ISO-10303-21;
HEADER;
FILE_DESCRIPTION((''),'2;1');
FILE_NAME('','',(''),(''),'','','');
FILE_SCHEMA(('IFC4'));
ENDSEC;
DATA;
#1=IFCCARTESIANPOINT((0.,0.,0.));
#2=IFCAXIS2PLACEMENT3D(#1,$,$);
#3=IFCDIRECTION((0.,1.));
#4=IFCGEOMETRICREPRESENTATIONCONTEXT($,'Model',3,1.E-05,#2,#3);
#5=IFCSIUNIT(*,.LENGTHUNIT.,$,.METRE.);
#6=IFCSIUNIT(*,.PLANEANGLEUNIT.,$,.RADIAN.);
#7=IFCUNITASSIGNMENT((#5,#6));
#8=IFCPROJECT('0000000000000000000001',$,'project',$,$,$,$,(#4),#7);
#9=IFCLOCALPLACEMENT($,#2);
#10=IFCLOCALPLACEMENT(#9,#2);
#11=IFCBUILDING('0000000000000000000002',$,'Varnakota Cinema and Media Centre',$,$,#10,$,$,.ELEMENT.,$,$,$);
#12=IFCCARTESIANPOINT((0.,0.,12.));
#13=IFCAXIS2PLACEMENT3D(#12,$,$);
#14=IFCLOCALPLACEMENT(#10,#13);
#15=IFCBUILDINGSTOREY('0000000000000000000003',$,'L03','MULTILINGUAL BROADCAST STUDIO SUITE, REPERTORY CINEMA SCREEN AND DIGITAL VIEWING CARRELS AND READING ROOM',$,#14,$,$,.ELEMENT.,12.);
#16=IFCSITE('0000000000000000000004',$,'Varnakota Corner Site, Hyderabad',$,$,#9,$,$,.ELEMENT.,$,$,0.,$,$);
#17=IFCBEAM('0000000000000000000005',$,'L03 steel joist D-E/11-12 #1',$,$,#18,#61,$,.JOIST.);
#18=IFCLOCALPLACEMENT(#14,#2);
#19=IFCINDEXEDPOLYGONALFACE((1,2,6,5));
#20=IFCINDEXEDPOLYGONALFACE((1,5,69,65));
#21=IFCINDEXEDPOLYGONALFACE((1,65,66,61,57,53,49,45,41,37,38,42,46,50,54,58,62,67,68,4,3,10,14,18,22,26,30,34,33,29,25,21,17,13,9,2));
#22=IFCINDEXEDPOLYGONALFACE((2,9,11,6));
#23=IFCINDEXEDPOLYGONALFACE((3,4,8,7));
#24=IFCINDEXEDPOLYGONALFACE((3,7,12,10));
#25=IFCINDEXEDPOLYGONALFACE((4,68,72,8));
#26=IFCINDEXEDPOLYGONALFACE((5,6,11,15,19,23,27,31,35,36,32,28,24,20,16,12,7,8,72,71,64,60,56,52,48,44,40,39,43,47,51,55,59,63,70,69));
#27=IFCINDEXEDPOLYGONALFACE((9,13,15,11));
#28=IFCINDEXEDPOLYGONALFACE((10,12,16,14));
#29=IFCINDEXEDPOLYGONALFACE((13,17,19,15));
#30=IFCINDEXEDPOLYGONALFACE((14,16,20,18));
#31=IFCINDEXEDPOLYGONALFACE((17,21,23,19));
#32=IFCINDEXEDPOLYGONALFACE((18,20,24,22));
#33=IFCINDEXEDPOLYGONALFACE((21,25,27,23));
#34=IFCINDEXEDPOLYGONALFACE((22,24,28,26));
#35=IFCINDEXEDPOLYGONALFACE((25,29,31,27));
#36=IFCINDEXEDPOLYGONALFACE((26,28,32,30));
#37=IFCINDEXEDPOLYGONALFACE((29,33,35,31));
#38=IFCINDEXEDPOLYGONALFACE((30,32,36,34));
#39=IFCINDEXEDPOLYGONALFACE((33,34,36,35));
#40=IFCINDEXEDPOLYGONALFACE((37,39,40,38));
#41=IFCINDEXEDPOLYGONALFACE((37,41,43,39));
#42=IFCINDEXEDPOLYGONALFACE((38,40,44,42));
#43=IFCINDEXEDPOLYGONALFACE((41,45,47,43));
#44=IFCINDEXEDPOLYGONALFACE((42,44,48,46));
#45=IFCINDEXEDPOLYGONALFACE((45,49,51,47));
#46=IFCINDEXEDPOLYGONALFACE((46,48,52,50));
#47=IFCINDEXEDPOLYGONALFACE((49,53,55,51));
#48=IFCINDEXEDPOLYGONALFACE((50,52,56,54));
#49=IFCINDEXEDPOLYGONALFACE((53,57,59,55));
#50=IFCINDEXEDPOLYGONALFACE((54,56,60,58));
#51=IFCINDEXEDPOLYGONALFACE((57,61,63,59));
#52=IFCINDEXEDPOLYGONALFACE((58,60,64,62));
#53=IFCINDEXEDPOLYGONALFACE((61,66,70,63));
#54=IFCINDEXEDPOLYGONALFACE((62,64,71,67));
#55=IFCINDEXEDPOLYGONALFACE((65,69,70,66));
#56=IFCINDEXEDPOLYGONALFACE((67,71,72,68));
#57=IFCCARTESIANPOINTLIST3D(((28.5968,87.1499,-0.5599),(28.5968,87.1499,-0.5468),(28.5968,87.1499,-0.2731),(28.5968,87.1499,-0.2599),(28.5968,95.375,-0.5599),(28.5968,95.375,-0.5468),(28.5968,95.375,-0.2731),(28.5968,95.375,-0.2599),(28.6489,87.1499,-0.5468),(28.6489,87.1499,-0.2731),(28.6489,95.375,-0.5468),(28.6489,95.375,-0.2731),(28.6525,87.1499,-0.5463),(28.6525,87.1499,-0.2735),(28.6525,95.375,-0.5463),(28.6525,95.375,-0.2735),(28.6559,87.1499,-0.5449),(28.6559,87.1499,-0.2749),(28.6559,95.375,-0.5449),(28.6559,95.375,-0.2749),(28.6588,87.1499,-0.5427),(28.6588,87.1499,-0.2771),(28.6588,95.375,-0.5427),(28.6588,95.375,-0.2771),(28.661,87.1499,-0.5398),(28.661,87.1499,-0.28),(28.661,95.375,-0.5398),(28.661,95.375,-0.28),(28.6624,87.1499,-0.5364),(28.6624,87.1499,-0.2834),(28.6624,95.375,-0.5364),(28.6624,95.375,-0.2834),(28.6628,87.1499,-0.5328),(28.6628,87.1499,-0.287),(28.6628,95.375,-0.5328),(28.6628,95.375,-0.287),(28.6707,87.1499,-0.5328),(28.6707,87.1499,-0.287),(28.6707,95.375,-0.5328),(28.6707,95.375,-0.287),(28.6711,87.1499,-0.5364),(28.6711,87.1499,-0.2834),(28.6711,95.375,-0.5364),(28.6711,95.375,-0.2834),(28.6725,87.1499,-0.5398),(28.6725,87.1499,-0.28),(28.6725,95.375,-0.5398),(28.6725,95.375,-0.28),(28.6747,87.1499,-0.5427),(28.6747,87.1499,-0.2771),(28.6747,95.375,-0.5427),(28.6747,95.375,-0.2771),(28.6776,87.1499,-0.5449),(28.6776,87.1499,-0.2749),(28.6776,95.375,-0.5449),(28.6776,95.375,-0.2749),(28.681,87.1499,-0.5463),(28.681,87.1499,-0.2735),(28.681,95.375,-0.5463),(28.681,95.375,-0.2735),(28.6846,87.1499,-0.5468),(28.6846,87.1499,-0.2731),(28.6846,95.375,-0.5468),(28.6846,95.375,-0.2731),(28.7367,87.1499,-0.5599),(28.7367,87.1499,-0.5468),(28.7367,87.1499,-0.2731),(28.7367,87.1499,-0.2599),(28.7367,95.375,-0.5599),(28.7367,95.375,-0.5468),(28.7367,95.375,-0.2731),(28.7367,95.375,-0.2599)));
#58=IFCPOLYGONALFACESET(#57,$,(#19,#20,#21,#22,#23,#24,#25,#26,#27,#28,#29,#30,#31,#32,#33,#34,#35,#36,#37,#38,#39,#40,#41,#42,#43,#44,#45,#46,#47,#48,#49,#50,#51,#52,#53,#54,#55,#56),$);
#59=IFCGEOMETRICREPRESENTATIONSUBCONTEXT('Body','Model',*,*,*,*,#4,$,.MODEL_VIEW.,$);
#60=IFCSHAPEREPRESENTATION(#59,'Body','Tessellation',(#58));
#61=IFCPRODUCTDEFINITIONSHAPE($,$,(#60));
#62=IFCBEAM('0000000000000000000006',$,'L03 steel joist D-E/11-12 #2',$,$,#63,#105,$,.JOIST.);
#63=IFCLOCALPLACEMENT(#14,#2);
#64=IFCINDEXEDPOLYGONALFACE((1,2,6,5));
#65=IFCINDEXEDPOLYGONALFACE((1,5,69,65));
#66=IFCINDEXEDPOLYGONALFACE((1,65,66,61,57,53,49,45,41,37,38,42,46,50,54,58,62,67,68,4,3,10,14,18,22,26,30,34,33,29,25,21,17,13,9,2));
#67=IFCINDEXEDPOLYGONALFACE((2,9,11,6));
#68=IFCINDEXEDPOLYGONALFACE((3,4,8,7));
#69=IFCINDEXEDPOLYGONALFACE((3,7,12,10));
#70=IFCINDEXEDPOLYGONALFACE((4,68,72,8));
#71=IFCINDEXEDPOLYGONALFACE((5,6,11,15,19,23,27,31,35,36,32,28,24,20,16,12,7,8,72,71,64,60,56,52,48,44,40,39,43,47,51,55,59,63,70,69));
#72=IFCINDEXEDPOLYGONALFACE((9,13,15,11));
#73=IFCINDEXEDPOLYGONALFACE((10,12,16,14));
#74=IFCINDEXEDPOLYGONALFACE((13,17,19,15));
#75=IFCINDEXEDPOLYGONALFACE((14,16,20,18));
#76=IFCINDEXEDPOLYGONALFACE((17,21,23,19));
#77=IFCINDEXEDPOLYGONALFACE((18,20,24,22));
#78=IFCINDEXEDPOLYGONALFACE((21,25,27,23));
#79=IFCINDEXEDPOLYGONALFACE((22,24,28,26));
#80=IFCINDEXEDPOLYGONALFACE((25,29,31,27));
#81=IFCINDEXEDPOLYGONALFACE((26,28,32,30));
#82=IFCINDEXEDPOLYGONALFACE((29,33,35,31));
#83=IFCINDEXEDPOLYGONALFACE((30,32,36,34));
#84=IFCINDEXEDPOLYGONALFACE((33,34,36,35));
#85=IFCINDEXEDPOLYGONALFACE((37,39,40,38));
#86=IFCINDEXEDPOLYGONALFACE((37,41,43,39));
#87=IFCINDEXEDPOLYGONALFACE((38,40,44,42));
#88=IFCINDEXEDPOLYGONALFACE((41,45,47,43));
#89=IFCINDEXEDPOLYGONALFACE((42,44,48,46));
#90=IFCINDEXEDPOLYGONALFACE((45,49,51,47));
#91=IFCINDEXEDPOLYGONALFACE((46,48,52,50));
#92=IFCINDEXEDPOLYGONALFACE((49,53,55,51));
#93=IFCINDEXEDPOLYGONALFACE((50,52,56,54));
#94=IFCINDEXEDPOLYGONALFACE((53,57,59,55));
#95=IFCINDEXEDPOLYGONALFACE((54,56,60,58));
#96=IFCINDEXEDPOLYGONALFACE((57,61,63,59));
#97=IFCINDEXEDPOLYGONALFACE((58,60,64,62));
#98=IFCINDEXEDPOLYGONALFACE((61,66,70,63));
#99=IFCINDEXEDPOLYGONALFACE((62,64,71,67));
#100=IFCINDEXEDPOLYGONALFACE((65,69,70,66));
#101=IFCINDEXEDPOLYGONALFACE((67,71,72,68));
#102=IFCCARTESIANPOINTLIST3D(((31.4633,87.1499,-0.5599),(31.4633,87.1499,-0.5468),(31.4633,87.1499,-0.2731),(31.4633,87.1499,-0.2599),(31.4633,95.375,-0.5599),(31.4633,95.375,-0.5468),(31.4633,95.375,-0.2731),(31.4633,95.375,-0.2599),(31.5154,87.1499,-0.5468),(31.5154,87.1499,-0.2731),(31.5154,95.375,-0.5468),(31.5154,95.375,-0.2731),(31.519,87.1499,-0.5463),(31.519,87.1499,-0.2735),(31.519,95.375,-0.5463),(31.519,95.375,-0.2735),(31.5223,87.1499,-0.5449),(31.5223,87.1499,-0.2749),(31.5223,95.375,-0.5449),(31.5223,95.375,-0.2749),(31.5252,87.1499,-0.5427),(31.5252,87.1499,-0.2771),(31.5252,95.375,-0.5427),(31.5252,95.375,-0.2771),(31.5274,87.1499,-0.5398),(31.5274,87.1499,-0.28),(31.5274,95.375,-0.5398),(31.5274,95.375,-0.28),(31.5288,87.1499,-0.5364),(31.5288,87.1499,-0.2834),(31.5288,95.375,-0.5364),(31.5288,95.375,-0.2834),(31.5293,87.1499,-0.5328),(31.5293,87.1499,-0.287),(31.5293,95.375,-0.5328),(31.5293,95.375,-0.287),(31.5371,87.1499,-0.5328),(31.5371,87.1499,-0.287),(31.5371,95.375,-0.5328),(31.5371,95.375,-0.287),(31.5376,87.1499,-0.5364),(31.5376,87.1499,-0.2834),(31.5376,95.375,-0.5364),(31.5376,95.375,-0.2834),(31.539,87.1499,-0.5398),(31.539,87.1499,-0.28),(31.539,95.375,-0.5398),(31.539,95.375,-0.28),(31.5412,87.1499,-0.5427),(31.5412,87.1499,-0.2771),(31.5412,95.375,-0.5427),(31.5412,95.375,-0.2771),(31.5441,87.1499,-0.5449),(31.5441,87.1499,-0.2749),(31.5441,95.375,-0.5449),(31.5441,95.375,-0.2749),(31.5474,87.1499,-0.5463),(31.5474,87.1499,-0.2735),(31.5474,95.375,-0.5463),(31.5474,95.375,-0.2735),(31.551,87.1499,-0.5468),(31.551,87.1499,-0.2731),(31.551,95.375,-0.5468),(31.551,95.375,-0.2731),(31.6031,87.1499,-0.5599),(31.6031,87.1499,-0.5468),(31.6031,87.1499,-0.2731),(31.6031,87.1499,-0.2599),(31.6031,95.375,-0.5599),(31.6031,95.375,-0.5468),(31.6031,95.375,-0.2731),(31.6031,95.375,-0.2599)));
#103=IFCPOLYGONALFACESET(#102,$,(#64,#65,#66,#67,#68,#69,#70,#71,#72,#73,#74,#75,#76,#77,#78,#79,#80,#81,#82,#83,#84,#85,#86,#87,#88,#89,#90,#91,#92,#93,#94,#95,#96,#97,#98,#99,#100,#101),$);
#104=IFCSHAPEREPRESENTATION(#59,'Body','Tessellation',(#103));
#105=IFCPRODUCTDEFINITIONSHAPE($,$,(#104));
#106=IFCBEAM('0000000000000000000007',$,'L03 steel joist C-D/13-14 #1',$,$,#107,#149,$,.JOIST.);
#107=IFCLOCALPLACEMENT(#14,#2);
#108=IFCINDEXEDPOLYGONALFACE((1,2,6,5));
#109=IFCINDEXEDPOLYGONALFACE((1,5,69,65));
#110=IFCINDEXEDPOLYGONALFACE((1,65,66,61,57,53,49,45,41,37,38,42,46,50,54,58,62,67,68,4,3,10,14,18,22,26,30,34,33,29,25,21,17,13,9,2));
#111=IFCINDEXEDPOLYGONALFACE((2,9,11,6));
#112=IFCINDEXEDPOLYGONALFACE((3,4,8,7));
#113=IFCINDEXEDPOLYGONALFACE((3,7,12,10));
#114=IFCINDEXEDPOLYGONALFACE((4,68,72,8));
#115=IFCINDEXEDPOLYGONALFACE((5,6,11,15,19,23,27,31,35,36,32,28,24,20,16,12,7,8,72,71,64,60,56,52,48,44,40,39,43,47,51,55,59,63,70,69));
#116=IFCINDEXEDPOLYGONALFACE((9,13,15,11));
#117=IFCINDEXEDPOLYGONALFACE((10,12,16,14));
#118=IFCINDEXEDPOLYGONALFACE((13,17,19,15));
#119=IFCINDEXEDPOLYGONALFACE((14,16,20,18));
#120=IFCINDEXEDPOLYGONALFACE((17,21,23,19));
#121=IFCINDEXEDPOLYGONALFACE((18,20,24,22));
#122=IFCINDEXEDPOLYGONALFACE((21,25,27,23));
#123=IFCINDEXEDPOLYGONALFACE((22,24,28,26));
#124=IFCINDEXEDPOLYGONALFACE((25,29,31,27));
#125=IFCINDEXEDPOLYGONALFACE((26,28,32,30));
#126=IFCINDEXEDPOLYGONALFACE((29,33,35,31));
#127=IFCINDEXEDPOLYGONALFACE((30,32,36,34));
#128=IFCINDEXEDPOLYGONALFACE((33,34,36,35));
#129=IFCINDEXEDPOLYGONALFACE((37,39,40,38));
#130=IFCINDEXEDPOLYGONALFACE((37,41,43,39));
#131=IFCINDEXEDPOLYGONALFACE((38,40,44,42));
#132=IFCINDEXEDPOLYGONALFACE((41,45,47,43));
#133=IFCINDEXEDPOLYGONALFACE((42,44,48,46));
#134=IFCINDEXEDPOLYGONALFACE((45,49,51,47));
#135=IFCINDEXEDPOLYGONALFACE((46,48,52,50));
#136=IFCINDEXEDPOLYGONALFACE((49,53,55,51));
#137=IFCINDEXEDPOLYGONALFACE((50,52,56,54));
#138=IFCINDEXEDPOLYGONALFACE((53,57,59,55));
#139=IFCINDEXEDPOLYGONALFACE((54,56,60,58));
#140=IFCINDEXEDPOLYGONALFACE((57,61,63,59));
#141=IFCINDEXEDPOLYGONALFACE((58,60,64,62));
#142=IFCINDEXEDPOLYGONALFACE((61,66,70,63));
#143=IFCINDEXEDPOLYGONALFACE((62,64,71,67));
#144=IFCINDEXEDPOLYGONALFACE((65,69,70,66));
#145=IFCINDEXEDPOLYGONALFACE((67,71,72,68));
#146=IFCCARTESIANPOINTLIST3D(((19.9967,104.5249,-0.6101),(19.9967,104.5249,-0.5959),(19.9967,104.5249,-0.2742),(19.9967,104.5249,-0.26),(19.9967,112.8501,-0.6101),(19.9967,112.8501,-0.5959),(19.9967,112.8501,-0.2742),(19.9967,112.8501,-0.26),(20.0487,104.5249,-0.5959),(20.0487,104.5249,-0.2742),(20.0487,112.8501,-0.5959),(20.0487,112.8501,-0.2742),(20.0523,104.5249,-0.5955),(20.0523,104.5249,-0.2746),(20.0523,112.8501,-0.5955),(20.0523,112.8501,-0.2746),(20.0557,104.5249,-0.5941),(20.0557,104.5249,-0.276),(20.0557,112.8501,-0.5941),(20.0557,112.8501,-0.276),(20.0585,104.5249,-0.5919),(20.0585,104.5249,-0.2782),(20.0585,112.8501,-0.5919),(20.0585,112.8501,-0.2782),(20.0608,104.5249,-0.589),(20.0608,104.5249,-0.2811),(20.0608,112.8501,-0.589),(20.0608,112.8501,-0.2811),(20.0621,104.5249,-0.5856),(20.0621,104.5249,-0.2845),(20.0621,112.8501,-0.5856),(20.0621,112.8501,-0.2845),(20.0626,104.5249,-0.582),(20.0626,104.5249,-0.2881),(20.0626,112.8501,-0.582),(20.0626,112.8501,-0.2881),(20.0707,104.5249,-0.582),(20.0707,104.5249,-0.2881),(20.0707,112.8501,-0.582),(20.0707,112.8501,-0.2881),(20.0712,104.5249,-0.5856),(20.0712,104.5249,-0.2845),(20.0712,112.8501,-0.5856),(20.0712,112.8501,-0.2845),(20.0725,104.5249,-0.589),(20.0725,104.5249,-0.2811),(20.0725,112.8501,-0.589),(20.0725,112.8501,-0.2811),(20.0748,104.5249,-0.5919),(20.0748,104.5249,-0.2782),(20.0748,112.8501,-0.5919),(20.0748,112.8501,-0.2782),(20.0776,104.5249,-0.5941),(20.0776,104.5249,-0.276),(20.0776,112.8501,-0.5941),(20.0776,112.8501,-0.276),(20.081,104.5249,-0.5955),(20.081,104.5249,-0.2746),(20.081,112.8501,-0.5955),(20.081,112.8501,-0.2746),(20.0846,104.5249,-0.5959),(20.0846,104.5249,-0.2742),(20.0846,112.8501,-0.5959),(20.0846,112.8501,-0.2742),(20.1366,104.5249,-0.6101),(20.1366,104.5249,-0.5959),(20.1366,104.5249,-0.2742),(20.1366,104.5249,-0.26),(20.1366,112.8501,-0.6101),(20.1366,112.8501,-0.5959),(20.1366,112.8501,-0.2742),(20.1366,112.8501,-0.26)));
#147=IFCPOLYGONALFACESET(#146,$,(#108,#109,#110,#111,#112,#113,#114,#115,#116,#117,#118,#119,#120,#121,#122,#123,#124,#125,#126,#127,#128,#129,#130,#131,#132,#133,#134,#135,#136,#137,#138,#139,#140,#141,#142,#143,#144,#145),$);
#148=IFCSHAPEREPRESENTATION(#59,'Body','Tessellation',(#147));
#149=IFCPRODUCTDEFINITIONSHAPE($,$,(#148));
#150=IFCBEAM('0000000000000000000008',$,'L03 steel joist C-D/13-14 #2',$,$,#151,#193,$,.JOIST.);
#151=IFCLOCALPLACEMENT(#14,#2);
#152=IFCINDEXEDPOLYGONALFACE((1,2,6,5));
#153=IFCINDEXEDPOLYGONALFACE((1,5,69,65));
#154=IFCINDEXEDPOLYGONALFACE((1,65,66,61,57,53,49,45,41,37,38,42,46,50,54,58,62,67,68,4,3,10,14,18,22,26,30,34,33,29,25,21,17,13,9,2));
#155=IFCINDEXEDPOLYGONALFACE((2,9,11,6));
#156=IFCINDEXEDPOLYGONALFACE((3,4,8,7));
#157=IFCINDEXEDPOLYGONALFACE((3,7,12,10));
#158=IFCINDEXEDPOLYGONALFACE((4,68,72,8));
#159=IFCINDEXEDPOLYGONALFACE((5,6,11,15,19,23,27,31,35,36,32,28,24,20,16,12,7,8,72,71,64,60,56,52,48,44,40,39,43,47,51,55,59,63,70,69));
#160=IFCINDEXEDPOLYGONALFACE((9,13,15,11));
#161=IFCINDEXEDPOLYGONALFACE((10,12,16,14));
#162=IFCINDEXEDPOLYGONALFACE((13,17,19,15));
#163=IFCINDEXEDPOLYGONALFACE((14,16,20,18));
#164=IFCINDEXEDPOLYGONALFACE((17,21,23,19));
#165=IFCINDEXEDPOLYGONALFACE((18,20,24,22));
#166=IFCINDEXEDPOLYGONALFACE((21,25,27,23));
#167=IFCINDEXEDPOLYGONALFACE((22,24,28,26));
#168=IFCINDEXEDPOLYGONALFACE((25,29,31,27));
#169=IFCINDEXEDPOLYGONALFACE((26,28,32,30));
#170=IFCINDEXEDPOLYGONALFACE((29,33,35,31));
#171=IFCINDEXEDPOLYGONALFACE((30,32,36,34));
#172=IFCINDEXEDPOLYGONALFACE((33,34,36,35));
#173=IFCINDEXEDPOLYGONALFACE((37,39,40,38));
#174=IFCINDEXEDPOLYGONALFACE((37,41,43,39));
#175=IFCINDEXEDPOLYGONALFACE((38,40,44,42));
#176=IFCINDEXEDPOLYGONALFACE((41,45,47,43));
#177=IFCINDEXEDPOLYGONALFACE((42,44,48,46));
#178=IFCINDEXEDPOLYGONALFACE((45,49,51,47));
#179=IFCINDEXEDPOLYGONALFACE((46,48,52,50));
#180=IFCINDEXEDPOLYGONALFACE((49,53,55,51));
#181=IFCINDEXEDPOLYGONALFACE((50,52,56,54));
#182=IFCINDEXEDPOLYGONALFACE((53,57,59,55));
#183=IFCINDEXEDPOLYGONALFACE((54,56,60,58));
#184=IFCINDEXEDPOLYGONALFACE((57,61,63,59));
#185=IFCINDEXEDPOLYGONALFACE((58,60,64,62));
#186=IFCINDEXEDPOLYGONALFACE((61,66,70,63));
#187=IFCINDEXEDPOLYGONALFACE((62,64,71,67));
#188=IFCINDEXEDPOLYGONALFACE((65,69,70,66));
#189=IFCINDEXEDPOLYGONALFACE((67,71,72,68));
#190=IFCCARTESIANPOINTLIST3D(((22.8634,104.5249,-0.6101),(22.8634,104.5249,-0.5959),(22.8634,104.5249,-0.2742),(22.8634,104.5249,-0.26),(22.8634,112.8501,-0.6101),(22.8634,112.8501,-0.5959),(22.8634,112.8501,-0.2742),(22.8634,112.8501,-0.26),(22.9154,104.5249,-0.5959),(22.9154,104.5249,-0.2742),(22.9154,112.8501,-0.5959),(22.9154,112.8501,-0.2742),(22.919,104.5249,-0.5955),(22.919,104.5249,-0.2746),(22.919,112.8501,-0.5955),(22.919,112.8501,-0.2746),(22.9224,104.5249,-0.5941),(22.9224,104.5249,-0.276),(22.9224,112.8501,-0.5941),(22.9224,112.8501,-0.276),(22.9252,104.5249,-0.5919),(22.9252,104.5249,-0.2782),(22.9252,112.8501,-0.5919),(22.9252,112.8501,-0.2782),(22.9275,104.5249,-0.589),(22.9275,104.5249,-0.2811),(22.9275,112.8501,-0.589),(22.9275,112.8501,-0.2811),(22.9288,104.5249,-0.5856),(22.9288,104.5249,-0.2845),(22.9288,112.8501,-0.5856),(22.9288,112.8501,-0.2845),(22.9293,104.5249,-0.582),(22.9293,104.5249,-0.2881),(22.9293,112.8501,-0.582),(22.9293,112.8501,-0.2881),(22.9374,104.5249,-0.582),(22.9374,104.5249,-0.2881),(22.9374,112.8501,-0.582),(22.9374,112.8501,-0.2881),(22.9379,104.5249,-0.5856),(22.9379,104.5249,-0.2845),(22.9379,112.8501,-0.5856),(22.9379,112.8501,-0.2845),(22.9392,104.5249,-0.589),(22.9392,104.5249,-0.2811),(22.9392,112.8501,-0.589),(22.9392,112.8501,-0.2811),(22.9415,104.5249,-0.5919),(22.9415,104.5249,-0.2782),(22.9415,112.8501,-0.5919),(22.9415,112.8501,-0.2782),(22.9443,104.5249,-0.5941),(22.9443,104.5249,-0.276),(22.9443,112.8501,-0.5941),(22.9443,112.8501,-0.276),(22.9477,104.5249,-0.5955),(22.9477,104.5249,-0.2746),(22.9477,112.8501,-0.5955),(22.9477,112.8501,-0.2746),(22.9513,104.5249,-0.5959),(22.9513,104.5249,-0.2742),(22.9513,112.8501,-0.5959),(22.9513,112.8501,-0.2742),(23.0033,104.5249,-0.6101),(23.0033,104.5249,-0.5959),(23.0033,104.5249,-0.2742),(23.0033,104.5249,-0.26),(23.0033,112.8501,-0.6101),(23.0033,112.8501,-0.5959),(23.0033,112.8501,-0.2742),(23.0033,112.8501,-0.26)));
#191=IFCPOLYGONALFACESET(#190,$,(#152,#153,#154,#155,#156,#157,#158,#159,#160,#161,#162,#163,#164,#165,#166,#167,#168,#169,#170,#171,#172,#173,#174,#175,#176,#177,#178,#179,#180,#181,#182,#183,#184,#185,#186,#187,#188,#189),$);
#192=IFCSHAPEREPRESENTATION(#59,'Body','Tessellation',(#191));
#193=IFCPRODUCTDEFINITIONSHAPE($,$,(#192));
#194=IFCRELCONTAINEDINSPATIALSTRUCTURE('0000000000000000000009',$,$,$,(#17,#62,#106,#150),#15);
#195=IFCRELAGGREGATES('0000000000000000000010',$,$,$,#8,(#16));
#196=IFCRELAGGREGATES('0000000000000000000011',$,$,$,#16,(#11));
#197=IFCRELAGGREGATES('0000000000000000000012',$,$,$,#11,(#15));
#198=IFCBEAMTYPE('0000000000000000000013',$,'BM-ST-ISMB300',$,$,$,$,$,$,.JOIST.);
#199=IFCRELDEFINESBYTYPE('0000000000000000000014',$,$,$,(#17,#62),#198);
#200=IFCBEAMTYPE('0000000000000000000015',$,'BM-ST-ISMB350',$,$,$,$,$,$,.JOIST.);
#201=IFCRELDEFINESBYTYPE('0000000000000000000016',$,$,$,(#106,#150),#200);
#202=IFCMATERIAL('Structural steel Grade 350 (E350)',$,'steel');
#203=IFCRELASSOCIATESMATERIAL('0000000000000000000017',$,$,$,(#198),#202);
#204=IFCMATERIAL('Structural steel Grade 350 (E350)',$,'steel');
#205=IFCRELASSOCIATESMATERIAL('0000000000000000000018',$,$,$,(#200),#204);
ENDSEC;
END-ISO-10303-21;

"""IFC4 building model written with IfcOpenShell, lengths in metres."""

from ifc_helpers import new_model, si_unit, direction, frame, origin, origin_2d, place, context, subcontext, project, spatial, i_section, extrude, material, material_profile, profile_set, type_object, element, save


model = new_model("IFC4")

# Units and contexts
model_context = context("Model", 3, precision=1e-05, world=origin(), true_north=direction((0.0, 1.0)))
body_context = subcontext(model_context, "Body", "Model", "MODEL_VIEW")
ifc_project = project(units=[si_unit("LENGTHUNIT", "METRE"), si_unit("PLANEANGLEUNIT", "RADIAN")], contexts=[model_context])

# Site, building, storey
site_placement = place(None, origin())
site = spatial("IfcSite", under=ifc_project, at=site_placement, Name="Varnakota Corner Site, Hyderabad", CompositionType="ELEMENT", RefElevation=0.0)
building_placement = place(site_placement, origin())
building = spatial("IfcBuilding", under=site, at=building_placement, Name="Varnakota Cinema and Media Centre", CompositionType="ELEMENT")
storey_placement = place(building_placement, frame((0.0, 0.0, 12.0)))
storey = spatial("IfcBuildingStorey", under=building, at=storey_placement, Name="L03", Description="MULTILINGUAL BROADCAST STUDIO SUITE, REPERTORY CINEMA SCREEN AND DIGITAL VIEWING CARRELS AND READING ROOM", CompositionType="ELEMENT", Elevation=12.0)

# Beams
ifc_material_1 = material(Name="Structural steel Grade 350 (E350)", Category="steel")
ifc_material_profile_1 = material_profile(ifc_material_1, i_section(OverallWidth=0.1399, OverallDepth=0.3, WebThickness=0.0078, FlangeThickness=0.0132, FilletRadius=0.0139, at=origin_2d()), Name="ISMB 300")
ifc_profile_set_1 = profile_set([ifc_material_profile_1], Name="Structural steel Grade 350 (E350)")
beam_type_1 = type_object("IfcBeamType", Name="BM-ST-ISMB300", PredefinedType="JOIST", material=ifc_profile_set_1)
for number, where, z_axis, x_axis, name in (
    (1, (28.6667, 87.1499, -0.4099), (0.0, 1.0, 0.0), (-1.0, 0.0, 0.0), "L03 steel joist D-E/11-12 #1"),
    (2, (31.5332, 87.1499, -0.4099), (0.0, 1.0, 0.0), (-1.0, 0.0, 0.0), "L03 steel joist D-E/11-12 #2"),
):
    element("IfcBeam", number, at=place(storey_placement, frame(where, z_axis=z_axis, x_axis=x_axis)), inside=storey, type_object=beam_type_1, Name=name, PredefinedType="JOIST", context=body_context, shape_type="SweptSolid", body=[
        extrude(i_section(OverallWidth=0.1399, OverallDepth=0.3, WebThickness=0.0078, FlangeThickness=0.0132, FilletRadius=0.0139, at=origin_2d()), origin(), (0.0, 0.0, 1.0), 8.2251),
    ])
ifc_material_2 = material(Name="Structural steel Grade 350 (E350)", Category="steel")
ifc_material_profile_2 = material_profile(ifc_material_2, i_section(OverallWidth=0.1399, OverallDepth=0.3501, WebThickness=0.0081, FlangeThickness=0.0142, FilletRadius=0.0139, at=origin_2d()), Name="ISMB 350")
ifc_profile_set_2 = profile_set([ifc_material_profile_2], Name="Structural steel Grade 350 (E350)")
beam_type_2 = type_object("IfcBeamType", Name="BM-ST-ISMB350", PredefinedType="JOIST", material=ifc_profile_set_2)
for number, where, z_axis, x_axis, name in (
    (3, (20.0667, 104.5249, -0.4351), (0.0, 1.0, 0.0), (-1.0, 0.0, 0.0), "L03 steel joist C-D/13-14 #1"),
    (4, (22.9333, 104.5249, -0.4351), (0.0, 1.0, 0.0), (-1.0, 0.0, 0.0), "L03 steel joist C-D/13-14 #2"),
):
    element("IfcBeam", number, at=place(storey_placement, frame(where, z_axis=z_axis, x_axis=x_axis)), inside=storey, type_object=beam_type_2, Name=name, PredefinedType="JOIST", context=body_context, shape_type="SweptSolid", body=[
        extrude(i_section(OverallWidth=0.1399, OverallDepth=0.3501, WebThickness=0.0081, FlangeThickness=0.0142, FilletRadius=0.0139, at=origin_2d()), origin(), (0.0, 0.0, 1.0), 8.3252),
    ])

save(model, "model.ifc")
